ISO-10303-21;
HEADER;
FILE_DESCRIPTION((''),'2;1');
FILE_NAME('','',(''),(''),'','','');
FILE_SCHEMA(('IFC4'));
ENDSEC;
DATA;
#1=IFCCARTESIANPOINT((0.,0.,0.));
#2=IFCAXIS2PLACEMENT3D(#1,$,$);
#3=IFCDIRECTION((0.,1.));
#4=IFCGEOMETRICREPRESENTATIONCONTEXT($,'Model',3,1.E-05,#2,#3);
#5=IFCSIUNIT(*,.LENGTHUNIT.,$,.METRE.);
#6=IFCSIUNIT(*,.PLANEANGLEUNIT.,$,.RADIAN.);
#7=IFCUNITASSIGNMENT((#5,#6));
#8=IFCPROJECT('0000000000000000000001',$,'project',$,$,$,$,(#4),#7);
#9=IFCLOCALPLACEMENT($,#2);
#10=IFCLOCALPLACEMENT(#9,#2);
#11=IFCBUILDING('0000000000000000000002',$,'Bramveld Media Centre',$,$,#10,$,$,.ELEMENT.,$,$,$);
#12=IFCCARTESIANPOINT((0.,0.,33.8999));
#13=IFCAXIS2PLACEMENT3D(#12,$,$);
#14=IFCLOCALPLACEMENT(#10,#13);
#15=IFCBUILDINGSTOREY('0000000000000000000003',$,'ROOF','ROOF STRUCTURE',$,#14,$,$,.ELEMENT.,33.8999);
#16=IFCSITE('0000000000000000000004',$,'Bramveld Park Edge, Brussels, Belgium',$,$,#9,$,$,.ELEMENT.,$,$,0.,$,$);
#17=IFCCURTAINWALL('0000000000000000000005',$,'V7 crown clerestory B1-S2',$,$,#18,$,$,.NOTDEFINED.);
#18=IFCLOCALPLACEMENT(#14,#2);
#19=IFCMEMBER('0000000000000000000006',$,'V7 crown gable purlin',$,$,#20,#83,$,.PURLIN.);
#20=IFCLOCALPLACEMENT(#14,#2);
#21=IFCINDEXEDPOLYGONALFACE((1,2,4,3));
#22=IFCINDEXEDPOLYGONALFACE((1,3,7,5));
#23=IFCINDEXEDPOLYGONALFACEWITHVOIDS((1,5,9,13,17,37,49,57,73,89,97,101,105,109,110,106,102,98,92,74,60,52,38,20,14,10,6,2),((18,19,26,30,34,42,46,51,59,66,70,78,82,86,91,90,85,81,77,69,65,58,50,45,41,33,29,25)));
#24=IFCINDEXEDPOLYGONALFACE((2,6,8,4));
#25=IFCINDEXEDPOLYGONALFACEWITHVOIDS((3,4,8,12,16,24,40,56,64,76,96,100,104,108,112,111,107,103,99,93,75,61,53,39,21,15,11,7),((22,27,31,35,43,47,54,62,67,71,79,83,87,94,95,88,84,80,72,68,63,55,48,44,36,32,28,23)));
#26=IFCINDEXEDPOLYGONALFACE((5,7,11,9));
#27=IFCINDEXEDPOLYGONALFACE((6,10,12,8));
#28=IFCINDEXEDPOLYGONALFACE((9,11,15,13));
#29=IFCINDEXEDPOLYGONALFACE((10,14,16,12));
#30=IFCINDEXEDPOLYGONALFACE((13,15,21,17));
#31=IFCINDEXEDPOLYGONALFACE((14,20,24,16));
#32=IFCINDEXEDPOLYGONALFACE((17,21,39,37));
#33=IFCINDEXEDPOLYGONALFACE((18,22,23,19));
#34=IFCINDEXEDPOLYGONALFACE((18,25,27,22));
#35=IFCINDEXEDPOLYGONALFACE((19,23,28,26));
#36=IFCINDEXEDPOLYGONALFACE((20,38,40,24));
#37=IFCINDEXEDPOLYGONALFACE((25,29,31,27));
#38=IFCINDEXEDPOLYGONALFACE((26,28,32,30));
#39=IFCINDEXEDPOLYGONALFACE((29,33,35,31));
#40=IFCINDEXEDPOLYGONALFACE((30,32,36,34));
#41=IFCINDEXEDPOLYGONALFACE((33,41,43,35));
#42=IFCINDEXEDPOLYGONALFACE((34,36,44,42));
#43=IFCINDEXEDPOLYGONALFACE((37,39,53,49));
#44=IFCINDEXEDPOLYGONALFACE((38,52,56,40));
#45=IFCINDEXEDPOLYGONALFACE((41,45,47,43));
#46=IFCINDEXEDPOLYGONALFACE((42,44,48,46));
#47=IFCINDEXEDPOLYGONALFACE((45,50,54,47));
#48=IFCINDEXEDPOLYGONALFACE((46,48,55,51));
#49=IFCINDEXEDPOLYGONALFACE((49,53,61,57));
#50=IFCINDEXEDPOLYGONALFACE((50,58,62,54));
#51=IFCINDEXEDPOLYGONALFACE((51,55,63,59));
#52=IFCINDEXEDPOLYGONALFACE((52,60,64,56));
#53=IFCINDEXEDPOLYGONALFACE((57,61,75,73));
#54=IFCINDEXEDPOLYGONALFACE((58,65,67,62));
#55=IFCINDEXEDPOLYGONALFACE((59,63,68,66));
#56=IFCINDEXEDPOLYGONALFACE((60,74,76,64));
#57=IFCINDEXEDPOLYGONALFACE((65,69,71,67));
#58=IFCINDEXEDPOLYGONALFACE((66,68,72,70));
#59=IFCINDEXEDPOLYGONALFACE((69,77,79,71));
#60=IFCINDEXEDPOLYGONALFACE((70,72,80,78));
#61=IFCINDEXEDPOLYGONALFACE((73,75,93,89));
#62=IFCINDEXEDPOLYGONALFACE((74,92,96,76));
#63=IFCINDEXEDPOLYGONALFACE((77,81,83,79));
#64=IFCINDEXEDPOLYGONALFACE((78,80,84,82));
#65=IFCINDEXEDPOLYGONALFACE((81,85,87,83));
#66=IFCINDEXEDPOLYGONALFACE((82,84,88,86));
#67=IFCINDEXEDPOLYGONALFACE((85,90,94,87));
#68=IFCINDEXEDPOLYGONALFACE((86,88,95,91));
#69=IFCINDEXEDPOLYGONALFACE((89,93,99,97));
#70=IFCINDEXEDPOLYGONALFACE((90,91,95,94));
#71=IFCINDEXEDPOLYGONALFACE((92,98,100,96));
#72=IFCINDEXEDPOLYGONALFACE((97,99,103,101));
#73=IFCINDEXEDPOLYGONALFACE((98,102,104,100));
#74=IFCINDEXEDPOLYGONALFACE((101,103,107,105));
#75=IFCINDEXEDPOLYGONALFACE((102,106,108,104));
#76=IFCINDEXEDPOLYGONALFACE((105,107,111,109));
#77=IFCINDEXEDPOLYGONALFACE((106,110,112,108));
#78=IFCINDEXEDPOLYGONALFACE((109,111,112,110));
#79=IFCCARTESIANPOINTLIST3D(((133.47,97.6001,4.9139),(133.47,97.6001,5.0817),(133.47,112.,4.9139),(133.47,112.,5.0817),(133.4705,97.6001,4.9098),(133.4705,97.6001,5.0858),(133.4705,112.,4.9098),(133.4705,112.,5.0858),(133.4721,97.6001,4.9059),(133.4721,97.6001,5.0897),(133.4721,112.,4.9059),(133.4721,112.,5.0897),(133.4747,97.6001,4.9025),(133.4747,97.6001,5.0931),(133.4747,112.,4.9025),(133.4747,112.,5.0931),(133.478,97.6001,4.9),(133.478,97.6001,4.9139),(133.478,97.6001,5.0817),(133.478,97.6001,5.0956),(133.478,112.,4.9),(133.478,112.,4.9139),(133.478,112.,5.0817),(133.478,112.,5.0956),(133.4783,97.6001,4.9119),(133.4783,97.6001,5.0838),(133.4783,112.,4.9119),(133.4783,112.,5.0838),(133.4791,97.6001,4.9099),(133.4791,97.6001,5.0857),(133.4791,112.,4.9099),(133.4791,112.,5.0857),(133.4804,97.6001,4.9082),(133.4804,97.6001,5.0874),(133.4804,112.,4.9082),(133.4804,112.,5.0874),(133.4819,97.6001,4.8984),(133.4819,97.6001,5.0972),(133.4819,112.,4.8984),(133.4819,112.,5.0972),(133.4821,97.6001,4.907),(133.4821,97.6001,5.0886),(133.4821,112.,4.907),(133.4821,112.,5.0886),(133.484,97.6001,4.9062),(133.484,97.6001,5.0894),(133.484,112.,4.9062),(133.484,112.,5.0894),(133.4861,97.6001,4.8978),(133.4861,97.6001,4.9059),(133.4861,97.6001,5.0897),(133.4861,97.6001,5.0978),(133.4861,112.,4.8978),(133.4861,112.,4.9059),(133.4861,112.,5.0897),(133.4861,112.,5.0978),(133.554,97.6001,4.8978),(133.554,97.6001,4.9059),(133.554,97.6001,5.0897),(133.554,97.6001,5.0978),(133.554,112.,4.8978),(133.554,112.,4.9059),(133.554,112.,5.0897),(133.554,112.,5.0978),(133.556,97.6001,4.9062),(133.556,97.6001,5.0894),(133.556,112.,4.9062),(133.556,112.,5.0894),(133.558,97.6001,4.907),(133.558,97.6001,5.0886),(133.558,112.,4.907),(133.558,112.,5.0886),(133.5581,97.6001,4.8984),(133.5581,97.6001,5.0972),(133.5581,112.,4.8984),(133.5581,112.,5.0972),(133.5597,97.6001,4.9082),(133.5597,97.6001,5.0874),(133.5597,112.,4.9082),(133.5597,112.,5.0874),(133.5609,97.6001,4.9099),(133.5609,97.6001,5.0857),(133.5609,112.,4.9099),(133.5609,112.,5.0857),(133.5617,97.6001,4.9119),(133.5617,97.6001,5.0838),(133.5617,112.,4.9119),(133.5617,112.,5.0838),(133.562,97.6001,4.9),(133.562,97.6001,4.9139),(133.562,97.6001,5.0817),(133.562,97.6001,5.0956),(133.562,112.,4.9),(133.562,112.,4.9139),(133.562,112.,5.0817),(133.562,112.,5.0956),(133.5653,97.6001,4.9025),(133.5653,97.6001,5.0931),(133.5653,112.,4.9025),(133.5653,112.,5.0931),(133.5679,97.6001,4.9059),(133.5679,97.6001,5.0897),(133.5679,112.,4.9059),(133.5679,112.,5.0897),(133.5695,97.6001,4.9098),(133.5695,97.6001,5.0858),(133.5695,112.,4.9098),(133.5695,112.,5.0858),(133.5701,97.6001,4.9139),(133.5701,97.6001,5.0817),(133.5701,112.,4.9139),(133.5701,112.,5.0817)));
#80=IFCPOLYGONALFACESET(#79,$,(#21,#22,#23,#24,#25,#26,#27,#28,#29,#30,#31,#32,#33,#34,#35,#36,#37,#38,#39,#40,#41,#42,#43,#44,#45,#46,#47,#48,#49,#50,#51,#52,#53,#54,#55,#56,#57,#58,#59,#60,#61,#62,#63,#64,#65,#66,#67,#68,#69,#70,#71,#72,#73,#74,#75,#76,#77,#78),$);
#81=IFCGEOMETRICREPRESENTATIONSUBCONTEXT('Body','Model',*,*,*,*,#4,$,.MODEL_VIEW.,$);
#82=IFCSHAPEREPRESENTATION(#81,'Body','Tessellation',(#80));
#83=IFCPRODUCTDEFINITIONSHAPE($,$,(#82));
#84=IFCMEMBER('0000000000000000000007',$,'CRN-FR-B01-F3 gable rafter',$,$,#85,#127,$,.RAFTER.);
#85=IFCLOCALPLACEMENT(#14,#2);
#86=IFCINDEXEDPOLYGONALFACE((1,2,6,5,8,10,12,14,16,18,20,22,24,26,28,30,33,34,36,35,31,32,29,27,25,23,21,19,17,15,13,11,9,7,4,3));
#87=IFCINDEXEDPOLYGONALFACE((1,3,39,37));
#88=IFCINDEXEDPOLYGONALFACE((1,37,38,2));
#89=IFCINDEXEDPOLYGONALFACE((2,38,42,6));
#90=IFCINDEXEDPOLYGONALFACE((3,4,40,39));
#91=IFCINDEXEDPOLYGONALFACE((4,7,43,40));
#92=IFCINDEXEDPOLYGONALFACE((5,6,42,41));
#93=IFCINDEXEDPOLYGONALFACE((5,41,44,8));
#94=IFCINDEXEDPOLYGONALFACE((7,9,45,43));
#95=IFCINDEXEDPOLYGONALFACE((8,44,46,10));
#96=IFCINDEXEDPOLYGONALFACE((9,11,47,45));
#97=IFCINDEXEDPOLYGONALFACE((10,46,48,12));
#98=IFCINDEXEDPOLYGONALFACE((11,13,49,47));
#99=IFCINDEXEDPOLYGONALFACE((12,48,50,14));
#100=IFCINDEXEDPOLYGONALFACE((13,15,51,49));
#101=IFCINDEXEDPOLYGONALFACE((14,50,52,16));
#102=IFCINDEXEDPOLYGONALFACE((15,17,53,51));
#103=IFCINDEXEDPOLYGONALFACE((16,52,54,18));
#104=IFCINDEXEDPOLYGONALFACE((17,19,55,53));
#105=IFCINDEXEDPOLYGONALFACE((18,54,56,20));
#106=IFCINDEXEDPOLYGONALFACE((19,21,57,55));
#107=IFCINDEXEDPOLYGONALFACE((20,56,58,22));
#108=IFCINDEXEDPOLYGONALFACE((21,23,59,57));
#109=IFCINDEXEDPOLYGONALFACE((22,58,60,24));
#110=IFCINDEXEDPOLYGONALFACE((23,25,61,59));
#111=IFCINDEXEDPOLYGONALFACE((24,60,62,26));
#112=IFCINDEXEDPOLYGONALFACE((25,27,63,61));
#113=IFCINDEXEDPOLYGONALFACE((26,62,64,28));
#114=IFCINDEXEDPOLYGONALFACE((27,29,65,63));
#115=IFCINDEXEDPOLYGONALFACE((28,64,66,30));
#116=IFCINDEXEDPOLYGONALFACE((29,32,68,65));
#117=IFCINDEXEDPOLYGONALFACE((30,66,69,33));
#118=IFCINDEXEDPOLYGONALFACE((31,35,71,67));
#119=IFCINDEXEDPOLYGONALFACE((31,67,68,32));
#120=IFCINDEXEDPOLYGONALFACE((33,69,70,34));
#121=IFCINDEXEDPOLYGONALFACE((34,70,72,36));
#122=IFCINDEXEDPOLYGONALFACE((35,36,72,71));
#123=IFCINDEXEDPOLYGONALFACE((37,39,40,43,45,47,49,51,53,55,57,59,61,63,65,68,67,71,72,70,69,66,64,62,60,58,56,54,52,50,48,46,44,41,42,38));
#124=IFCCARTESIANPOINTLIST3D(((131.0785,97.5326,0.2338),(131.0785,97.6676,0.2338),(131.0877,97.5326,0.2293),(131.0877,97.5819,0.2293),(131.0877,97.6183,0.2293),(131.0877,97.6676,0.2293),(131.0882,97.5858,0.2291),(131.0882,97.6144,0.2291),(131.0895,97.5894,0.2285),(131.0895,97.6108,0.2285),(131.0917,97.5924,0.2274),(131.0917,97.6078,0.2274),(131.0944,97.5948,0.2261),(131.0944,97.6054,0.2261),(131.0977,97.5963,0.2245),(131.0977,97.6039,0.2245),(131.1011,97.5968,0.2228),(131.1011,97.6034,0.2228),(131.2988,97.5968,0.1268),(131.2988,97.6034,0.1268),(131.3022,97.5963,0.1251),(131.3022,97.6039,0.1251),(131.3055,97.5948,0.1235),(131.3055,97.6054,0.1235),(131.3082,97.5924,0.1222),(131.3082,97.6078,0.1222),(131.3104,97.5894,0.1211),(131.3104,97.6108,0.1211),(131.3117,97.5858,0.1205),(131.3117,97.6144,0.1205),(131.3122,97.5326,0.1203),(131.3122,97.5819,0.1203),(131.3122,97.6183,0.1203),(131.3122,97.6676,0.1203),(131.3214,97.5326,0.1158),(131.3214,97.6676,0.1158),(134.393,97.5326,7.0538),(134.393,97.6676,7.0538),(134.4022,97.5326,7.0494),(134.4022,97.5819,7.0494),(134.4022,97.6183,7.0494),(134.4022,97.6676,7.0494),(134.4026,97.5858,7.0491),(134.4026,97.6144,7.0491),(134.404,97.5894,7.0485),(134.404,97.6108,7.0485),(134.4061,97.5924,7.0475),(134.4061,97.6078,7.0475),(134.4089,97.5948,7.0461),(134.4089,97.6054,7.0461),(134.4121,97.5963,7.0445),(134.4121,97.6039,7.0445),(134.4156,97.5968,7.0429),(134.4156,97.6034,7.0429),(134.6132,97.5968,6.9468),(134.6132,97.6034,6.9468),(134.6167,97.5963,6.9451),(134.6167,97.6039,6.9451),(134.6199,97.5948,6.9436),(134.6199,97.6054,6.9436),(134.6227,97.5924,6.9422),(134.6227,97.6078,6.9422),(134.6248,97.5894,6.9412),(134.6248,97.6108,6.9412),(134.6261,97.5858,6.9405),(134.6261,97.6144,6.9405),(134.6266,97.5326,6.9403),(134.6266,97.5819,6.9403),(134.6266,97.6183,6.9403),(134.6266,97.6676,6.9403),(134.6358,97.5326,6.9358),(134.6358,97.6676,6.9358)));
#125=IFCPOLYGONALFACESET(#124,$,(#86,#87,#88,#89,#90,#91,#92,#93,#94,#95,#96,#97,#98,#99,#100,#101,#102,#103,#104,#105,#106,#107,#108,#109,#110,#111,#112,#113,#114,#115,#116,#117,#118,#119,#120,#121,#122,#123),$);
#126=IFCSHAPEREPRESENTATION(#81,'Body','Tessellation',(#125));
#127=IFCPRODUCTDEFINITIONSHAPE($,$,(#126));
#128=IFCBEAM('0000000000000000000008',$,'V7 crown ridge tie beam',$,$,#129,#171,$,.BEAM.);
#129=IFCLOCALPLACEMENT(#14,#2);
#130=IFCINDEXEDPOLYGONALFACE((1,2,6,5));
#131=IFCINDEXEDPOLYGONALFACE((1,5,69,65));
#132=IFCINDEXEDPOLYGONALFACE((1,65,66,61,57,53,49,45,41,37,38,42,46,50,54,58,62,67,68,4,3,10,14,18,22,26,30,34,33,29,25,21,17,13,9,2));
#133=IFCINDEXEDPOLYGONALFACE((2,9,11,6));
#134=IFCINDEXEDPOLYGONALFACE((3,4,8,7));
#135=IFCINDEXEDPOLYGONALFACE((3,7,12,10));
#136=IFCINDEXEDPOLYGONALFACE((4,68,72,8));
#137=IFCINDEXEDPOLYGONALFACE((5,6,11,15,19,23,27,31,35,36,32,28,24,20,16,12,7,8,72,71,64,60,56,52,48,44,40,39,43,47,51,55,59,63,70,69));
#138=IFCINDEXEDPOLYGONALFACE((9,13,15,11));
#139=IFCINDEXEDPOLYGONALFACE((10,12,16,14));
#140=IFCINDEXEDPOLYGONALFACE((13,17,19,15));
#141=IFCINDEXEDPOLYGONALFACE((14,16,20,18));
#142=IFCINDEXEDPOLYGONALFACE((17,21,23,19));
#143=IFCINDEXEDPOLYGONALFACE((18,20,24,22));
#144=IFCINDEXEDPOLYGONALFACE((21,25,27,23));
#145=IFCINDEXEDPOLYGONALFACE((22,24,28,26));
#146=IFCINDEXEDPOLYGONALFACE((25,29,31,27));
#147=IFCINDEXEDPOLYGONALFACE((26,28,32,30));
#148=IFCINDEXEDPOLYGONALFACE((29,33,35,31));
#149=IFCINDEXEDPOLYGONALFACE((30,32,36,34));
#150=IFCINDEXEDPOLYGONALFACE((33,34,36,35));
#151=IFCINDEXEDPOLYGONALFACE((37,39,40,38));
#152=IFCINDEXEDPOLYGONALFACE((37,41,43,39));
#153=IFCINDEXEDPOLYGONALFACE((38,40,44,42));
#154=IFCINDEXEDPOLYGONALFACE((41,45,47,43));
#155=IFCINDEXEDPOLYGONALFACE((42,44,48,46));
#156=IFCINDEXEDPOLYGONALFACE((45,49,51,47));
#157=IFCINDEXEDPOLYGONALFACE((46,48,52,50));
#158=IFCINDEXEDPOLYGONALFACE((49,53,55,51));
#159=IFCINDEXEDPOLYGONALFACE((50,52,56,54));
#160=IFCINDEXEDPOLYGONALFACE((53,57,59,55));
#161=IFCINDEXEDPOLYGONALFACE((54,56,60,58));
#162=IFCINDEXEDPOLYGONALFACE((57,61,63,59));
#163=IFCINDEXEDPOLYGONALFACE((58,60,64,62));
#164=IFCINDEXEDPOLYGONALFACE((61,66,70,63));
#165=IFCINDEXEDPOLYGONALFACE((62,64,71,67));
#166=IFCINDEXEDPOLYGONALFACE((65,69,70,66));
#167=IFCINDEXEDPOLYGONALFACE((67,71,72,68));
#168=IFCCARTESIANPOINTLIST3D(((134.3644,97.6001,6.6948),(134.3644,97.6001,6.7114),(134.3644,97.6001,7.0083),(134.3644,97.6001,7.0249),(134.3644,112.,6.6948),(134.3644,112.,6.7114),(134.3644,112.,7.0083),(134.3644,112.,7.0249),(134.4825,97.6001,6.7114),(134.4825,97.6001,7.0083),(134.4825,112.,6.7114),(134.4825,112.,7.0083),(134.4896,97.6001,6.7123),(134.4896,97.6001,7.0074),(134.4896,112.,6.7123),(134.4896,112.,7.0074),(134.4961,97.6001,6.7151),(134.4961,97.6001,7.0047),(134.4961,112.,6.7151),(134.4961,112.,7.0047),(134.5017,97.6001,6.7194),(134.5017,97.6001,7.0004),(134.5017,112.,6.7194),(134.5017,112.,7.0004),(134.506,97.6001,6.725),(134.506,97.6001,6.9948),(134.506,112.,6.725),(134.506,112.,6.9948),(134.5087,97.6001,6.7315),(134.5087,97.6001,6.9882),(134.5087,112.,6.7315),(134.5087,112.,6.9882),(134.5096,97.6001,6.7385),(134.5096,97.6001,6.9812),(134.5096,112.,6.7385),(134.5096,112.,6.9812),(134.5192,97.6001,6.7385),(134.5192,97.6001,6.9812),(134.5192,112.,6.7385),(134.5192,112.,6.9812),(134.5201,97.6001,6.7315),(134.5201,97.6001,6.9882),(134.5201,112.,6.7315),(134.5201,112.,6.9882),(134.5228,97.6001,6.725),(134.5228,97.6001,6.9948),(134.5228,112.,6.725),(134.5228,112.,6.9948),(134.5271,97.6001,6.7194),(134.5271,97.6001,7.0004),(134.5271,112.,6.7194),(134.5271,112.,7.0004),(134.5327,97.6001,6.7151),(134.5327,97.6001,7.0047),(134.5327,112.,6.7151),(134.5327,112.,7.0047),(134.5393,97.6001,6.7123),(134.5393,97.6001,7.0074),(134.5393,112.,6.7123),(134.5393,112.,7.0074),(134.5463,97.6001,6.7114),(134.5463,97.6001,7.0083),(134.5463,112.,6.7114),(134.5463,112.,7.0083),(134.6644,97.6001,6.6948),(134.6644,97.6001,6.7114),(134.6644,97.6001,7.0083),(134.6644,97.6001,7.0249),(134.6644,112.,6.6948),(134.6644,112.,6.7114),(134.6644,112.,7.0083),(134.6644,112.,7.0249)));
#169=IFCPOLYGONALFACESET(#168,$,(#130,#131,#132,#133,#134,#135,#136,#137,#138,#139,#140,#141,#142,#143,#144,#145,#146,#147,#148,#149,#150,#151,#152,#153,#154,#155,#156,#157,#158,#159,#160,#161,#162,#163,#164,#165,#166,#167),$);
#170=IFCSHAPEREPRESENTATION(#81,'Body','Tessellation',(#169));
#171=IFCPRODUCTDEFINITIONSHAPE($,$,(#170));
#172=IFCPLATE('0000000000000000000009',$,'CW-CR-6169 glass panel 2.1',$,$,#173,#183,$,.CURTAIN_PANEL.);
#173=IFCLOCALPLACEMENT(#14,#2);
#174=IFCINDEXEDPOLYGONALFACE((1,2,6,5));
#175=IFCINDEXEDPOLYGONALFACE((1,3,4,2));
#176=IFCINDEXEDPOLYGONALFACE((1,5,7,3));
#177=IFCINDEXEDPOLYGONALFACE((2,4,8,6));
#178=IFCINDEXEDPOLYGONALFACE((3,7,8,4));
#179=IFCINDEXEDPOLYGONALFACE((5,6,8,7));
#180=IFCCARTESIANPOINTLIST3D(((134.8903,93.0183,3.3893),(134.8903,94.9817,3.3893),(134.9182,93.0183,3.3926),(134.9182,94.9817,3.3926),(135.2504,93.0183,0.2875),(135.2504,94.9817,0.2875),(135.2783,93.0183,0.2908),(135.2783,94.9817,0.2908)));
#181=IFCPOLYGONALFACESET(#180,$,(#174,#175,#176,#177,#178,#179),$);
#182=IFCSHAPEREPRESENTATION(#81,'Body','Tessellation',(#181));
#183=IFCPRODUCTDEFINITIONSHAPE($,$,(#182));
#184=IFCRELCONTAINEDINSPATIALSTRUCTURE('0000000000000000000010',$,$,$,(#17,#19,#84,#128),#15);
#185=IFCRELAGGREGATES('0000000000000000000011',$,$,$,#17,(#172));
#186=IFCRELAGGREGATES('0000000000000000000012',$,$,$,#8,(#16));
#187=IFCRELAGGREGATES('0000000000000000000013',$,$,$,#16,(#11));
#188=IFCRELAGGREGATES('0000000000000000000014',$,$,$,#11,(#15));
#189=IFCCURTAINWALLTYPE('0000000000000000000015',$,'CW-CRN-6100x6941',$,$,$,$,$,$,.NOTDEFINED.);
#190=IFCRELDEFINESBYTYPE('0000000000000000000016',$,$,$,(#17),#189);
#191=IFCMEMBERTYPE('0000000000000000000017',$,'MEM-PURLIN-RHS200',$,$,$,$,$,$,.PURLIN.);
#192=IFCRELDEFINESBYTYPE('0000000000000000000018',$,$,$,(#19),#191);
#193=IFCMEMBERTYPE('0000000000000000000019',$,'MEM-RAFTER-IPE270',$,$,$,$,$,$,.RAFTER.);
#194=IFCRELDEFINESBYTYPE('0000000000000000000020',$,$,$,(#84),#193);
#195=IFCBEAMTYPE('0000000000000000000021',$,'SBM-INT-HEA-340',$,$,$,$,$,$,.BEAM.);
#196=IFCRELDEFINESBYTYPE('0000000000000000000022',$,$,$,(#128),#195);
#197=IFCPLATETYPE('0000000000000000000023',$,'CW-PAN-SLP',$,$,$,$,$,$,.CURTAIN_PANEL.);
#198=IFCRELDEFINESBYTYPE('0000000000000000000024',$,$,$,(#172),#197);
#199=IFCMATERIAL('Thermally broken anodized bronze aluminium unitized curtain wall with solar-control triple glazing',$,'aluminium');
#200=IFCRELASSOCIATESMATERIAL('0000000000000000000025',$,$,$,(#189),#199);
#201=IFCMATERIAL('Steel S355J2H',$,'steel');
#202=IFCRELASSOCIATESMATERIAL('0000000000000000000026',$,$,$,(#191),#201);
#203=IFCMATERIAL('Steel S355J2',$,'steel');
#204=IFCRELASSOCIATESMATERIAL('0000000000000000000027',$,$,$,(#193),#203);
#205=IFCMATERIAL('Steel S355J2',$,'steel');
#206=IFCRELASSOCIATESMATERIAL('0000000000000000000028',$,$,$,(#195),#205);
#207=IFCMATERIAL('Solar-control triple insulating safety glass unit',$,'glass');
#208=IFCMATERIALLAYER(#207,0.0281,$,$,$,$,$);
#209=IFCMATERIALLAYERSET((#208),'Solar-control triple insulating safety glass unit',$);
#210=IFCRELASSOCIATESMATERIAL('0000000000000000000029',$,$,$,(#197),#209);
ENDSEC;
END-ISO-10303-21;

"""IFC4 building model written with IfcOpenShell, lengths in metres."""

from ifc_helpers import new_model, si_unit, direction, frame, origin, origin_2d, place, context, subcontext, project, spatial, polyline, hollow_rectangle, i_section, outline, extrude, material, layer, layer_set, material_profile, profile_set, type_object, element, aggregate, save


model = new_model("IFC4")

# Units and contexts
model_context = context("Model", 3, precision=1e-05, world=origin(), true_north=direction((0.0, 1.0)))
body_context = subcontext(model_context, "Body", "Model", "MODEL_VIEW")
ifc_project = project(units=[si_unit("LENGTHUNIT", "METRE"), si_unit("PLANEANGLEUNIT", "RADIAN")], contexts=[model_context])

# Site, building, storey
site_placement = place(None, origin())
site = spatial("IfcSite", under=ifc_project, at=site_placement, Name="Bramveld Park Edge, Brussels, Belgium", CompositionType="ELEMENT", RefElevation=0.0)
building_placement = place(site_placement, origin())
building = spatial("IfcBuilding", under=site, at=building_placement, Name="Bramveld Media Centre", CompositionType="ELEMENT")
storey_placement = place(building_placement, frame((0.0, 0.0, 33.8999)))
storey = spatial("IfcBuildingStorey", under=building, at=storey_placement, Name="ROOF", Description="ROOF STRUCTURE", CompositionType="ELEMENT", Elevation=33.8999)

# Curtain wall
ifc_material_1 = material(Name="Thermally broken anodized bronze aluminium unitized curtain wall with solar-control triple glazing", Category="aluminium")
curtain_wall_type = type_object("IfcCurtainWallType", Name="CW-CRN-6100x6941", PredefinedType="NOTDEFINED", material=ifc_material_1)
curtain_wall_1_placement = place(storey_placement, origin())
curtain_wall_1 = element("IfcCurtainWall", 1, at=curtain_wall_1_placement, inside=storey, type_object=curtain_wall_type, Name="V7 crown clerestory B1-S2", PredefinedType="NOTDEFINED")

# Members
ifc_material_2 = material(Name="Steel S355J2H", Category="steel")
ifc_material_profile_1 = material_profile(ifc_material_2, hollow_rectangle(XDim=0.1001, YDim=0.2, WallThickness=0.0081, InnerFilletRadius=0.0081, OuterFilletRadius=0.0161, at=origin_2d()), Name="RHS 200x100x8")
ifc_profile_set_1 = profile_set([ifc_material_profile_1], Name="Steel S355J2H")
member_type_1 = type_object("IfcMemberType", Name="MEM-PURLIN-RHS200", PredefinedType="PURLIN", material=ifc_profile_set_1)
for number, where, z_axis, x_axis, name in (
    (2, (133.52, 97.6001, 4.9978), (0.0, 1.0, 0.0), (-1.0, 0.0, 0.0), "V7 crown gable purlin"),
):
    element("IfcMember", number, at=place(storey_placement, frame(where, z_axis=z_axis, x_axis=x_axis)), inside=storey, type_object=member_type_1, Name=name, PredefinedType="PURLIN", context=body_context, shape_type="SweptSolid", body=[
        extrude(hollow_rectangle(XDim=0.1001, YDim=0.2, WallThickness=0.0081, InnerFilletRadius=0.0081, OuterFilletRadius=0.0161, at=origin_2d()), origin(), (0.0, 0.0, 1.0), 14.3999),
    ])
ifc_material_3 = material(Name="Steel S355J2", Category="steel")
ifc_material_profile_2 = material_profile(ifc_material_3, i_section(OverallWidth=0.135, OverallDepth=0.27, WebThickness=0.0066, FlangeThickness=0.0103, FilletRadius=0.0149, at=origin_2d()), Name="IPE 270")
ifc_profile_set_2 = profile_set([ifc_material_profile_2], Name="Steel S355J2")
member_type_2 = type_object("IfcMemberType", Name="MEM-RAFTER-IPE270", PredefinedType="RAFTER", material=ifc_profile_set_2)
member_1_placement = place(storey_placement, frame((131.2, 97.6001, 0.1748), z_axis=(0.437101, 0.0, 0.899412), x_axis=(0.0, 1.0, 0.0)))
element("IfcMember", 3, at=member_1_placement, inside=storey, type_object=member_type_2, Name="CRN-FR-B01-F3 gable rafter", PredefinedType="RAFTER", context=body_context, shape_type="SweptSolid", body=[
    extrude(i_section(OverallWidth=0.135, OverallDepth=0.27, WebThickness=0.0066, FlangeThickness=0.0103, FilletRadius=0.0149, at=origin_2d()), origin(), (0.0, 0.0, 1.0), 7.5828),
])

# Beam
ifc_material_4 = material(Name="Steel S355J2", Category="steel")
ifc_material_profile_3 = material_profile(ifc_material_4, i_section(OverallWidth=0.3, OverallDepth=0.3301, WebThickness=0.0095, FlangeThickness=0.0166, FilletRadius=0.0271, at=origin_2d()), Name="HEA 340")
ifc_profile_set_3 = profile_set([ifc_material_profile_3], Name="Steel S355J2")
beam_type = type_object("IfcBeamType", Name="SBM-INT-HEA-340", PredefinedType="BEAM", material=ifc_profile_set_3)
beam_placement = place(storey_placement, frame((134.5144, 97.6001, 6.8599), z_axis=(0.0, 1.0, 0.0), x_axis=(-1.0, 0.0, 0.0)))
element("IfcBeam", 4, at=beam_placement, inside=storey, type_object=beam_type, Name="V7 crown ridge tie beam", PredefinedType="BEAM", context=body_context, shape_type="SweptSolid", body=[
    extrude(i_section(OverallWidth=0.3, OverallDepth=0.3301, WebThickness=0.0095, FlangeThickness=0.0166, FilletRadius=0.0271, at=origin_2d()), origin(), (0.0, 0.0, 1.0), 14.3999),
])

# Plate
ifc_material_5 = material(Name="Solar-control triple insulating safety glass unit", Category="glass")
ifc_layer_1 = layer(ifc_material_5, 0.0281)
ifc_layer_set_1 = layer_set([ifc_layer_1], Name="Solar-control triple insulating safety glass unit")
plate_type_1 = type_object("IfcPlateType", Name="CW-PAN-SLP", PredefinedType="CURTAIN_PANEL", material=ifc_layer_set_1)
plate_1_placement = place(storey_placement, frame((135.2783, 93.0183, 0.2908), z_axis=(0.993328, 0.0, 0.115321), x_axis=(0.0, 1.0, 0.0)))
plate_1 = element("IfcPlate", 5, at=plate_1_placement, type_object=plate_type_1, Name="CW-CR-6169 glass panel 2.1", PredefinedType="CURTAIN_PANEL", context=body_context, shape_type="SweptSolid", body=[
    extrude(outline(polyline([(0.0, 0.0), (1.9634, 0.0), (1.9634, 3.1226), (0.0, 3.1226), (0.0, 0.0)])), origin(), (0.0, 0.0, -1.0), 0.0281),
])
aggregate(curtain_wall_1, [plate_1])

save(model, "model.ifc")
